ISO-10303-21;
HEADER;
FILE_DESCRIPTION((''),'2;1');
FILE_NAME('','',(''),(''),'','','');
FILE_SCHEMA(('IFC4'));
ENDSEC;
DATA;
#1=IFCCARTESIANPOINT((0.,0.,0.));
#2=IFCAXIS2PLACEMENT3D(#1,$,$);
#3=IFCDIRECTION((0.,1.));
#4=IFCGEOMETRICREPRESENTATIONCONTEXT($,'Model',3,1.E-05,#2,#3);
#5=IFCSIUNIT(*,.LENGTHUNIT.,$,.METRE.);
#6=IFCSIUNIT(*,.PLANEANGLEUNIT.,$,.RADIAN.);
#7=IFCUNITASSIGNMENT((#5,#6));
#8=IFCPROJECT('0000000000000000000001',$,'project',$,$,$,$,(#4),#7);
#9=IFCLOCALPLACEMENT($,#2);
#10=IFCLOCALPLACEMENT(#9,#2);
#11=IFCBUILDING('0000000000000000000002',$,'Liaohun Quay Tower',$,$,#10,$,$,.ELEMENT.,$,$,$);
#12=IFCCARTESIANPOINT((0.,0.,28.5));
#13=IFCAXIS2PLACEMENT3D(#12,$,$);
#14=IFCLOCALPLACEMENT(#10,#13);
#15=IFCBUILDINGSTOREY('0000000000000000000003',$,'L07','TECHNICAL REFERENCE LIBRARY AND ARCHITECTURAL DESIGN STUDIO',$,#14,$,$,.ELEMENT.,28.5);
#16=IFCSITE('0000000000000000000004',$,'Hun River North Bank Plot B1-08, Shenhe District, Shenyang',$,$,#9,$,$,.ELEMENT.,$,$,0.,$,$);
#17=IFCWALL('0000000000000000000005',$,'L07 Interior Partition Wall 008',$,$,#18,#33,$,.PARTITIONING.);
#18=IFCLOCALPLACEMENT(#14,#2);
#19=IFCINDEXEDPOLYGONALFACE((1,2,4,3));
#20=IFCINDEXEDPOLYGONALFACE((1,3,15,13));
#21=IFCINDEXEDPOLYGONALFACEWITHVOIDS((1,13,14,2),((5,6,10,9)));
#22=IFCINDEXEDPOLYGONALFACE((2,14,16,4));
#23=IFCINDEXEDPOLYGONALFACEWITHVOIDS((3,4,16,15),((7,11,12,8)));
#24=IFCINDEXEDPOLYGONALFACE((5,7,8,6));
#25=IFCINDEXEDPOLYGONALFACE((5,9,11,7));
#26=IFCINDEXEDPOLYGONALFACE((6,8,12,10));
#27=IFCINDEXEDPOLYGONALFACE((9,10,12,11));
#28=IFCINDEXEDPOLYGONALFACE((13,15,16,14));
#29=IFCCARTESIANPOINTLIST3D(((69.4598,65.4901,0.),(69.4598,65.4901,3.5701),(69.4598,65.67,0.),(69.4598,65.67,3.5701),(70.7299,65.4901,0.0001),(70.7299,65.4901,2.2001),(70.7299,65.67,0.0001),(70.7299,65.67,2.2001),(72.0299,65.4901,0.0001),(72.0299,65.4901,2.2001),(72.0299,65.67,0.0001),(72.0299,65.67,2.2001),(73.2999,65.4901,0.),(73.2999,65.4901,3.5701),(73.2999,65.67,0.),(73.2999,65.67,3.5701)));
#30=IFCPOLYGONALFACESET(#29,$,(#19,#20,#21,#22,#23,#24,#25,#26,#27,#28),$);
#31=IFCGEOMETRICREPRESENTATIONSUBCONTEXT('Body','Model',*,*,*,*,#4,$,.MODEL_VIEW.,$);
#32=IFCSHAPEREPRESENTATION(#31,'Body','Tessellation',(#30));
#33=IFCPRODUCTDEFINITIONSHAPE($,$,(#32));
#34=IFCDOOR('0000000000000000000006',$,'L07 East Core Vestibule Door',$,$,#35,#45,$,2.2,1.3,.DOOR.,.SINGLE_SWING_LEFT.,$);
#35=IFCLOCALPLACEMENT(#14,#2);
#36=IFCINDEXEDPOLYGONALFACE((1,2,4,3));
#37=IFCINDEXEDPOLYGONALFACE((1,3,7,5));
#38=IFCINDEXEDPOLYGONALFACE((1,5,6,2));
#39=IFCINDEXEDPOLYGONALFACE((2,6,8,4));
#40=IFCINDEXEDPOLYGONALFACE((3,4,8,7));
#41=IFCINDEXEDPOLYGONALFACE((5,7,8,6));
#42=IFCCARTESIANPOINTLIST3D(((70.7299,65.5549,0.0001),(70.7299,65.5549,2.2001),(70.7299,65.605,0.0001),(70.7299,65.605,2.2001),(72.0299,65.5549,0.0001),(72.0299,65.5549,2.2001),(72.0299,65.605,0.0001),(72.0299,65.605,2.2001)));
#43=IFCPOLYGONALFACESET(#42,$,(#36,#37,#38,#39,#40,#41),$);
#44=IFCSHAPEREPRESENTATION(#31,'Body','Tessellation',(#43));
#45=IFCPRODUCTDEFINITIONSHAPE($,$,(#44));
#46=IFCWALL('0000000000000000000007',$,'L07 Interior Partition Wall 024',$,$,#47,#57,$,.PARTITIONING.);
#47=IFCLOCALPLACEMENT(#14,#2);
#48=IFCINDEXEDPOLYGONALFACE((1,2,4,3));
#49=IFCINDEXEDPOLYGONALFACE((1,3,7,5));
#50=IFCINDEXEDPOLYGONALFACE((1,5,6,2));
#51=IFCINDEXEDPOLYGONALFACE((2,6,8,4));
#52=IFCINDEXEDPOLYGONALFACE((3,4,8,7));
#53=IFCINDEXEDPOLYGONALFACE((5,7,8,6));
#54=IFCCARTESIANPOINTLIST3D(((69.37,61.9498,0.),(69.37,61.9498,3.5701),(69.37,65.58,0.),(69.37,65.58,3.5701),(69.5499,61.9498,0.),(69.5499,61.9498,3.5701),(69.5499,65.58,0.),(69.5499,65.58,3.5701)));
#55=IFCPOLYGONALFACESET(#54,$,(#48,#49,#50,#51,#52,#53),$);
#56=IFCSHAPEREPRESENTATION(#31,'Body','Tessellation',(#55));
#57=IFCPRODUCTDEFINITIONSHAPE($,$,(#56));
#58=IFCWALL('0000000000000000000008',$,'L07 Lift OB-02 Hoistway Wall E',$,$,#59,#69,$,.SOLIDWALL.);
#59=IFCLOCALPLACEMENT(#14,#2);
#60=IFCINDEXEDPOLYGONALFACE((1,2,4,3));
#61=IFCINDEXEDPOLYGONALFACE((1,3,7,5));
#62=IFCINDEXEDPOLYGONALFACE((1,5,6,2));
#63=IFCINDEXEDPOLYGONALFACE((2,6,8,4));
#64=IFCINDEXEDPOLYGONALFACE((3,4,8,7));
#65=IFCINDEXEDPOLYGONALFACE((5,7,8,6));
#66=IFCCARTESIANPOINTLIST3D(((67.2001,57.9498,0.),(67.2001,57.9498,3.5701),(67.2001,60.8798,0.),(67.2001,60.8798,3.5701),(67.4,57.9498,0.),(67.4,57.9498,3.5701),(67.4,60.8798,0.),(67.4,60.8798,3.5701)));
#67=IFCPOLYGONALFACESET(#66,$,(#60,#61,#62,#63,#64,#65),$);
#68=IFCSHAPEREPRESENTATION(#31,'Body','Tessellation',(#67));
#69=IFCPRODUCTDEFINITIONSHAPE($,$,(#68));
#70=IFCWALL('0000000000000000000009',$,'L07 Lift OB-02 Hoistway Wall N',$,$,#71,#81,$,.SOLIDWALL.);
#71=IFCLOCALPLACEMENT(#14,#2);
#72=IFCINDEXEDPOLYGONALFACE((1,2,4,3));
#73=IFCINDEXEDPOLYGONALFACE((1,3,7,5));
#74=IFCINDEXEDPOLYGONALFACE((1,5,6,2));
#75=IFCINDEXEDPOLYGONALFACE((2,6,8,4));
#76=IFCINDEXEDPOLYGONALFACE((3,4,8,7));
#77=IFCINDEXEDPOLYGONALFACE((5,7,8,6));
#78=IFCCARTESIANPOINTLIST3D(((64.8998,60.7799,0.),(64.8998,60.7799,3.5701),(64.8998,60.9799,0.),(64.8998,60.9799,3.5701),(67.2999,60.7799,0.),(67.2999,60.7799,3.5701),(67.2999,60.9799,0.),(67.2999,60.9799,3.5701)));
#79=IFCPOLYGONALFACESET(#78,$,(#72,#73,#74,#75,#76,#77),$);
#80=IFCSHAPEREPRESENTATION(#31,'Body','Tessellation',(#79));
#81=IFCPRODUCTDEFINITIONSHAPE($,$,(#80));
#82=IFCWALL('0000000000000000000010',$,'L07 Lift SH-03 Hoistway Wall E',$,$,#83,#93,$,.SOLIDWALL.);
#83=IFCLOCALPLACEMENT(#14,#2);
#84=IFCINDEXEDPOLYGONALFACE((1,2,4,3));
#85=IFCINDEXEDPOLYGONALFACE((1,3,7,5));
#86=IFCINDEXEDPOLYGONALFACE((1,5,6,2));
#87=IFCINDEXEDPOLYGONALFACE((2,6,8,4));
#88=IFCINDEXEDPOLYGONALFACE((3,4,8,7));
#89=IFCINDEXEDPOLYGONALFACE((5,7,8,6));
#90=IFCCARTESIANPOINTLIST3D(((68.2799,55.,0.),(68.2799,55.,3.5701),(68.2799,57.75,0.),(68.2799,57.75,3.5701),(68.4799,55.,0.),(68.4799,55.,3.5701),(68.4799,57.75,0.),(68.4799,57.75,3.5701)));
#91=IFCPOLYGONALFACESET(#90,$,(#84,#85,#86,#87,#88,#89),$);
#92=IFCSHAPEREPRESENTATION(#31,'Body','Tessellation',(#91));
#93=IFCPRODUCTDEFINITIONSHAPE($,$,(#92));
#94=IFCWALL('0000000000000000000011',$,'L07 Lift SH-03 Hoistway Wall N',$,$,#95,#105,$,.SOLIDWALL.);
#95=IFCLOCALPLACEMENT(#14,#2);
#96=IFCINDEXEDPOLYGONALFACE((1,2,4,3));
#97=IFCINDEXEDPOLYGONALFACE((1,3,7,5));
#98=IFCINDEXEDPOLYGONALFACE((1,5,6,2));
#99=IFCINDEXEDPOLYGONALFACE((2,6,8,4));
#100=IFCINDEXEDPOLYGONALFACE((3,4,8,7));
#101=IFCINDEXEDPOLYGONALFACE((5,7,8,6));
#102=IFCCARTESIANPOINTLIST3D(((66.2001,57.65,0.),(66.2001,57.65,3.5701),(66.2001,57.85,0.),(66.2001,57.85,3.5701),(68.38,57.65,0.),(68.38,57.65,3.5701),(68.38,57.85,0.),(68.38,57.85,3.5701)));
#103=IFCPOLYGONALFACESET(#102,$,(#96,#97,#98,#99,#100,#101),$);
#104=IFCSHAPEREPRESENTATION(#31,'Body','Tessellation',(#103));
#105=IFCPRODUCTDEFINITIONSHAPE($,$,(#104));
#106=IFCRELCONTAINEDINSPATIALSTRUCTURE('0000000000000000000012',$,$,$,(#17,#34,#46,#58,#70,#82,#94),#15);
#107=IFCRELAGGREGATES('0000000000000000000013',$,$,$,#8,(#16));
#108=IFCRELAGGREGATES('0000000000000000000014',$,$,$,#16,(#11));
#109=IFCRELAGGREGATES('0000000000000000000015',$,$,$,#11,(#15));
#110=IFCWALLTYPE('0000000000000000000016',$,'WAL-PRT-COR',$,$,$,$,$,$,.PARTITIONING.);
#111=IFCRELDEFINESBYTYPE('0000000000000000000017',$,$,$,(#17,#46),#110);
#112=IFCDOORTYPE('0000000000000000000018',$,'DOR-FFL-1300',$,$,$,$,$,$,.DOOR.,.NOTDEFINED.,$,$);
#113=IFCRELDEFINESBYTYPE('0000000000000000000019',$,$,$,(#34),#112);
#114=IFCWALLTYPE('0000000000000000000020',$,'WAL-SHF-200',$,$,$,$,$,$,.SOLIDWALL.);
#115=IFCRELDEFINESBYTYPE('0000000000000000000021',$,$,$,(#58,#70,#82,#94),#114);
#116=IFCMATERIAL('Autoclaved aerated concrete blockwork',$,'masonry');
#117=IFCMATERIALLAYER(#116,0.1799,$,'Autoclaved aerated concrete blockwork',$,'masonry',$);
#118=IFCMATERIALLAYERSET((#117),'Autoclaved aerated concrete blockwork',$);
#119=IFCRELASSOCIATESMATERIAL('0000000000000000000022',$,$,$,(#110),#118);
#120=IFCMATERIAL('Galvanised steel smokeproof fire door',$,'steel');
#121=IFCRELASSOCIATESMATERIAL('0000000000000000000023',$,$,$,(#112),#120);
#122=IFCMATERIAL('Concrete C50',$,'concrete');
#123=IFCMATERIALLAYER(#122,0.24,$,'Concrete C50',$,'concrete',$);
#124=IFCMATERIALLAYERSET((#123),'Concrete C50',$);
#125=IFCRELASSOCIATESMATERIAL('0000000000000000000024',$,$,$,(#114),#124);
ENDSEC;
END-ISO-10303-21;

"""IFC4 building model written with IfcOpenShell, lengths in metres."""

from ifc_helpers import new_model, si_unit, direction, frame, frame_2d, origin, place, context, subcontext, project, spatial, rectangle, extrude, source, transform, mapped, material, layer, layer_set, type_object, element, fill, save


model = new_model("IFC4")

# Units and contexts
model_context = context("Model", 3, precision=1e-05, world=origin(), true_north=direction((0.0, 1.0)))
body_context = subcontext(model_context, "Body", "Model", "MODEL_VIEW")
ifc_project = project(units=[si_unit("LENGTHUNIT", "METRE"), si_unit("PLANEANGLEUNIT", "RADIAN")], contexts=[model_context])

# Site, building, storey
site_placement = place(None, origin())
site = spatial("IfcSite", under=ifc_project, at=site_placement, Name="Hun River North Bank Plot B1-08, Shenhe District, Shenyang", CompositionType="ELEMENT", RefElevation=0.0)
building_placement = place(site_placement, origin())
building = spatial("IfcBuilding", under=site, at=building_placement, Name="Liaohun Quay Tower", CompositionType="ELEMENT")
storey_placement = place(building_placement, frame((0.0, 0.0, 28.5)))
storey = spatial("IfcBuildingStorey", under=building, at=storey_placement, Name="L07", Description="TECHNICAL REFERENCE LIBRARY AND ARCHITECTURAL DESIGN STUDIO", CompositionType="ELEMENT", Elevation=28.5)

# Wall, opening, door
ifc_material_1 = material(Name="Autoclaved aerated concrete blockwork", Category="masonry")
ifc_layer_1 = layer(ifc_material_1, 0.1799, Name="Autoclaved aerated concrete blockwork", Category="masonry")
ifc_layer_set_1 = layer_set([ifc_layer_1], Name="Autoclaved aerated concrete blockwork")
wall_type_1 = type_object("IfcWallType", Name="WAL-PRT-COR", PredefinedType="PARTITIONING", material=ifc_layer_set_1)
wall_1_placement = place(storey_placement, frame((69.46, 65.5801, 0.0), z_axis=(0.0, 0.0, 1.0), x_axis=(1.0, 0.0, 0.0)))
wall_1 = element("IfcWall", 1, at=wall_1_placement, inside=storey, type_object=wall_type_1, Name="L07 Interior Partition Wall 008", PredefinedType="PARTITIONING", context=body_context, shape_type="SweptSolid", body=[
    extrude(rectangle(XDim=3.8401, YDim=0.1799, at=frame_2d((1.9199, 0.0))), origin(), (0.0, 0.0, 1.0), 3.5701),
])
shared_shape_1 = source(origin(), body_context, "Body", "SweptSolid", [
    extrude(rectangle(XDim=1.3, YDim=2.2, at=frame_2d((0.6499, 1.1001))), frame((0.0, 0.0999, 0.0), z_axis=(0.0, -1.0, 0.0), x_axis=(1.0, 0.0, 0.0)), (0.0, 0.0, 1.0), 0.2),
])
opening_1_placement = place(wall_1_placement, frame((1.27, 0.0, 0.0)))
opening_1 = element("IfcOpeningElement", 2, at=opening_1_placement, cuts=wall_1, PredefinedType="OPENING", context=body_context, shape_type="MappedRepresentation", body=[
    mapped(shared_shape_1, transform((0.0, 0.0, 0.0), x_axis=(1.0, 0.0, 0.0), y_axis=(0.0, 1.0, 0.0), z_axis=(0.0, 0.0, 1.0), scale=1.0)),
])
ifc_material_2 = material(Name="Galvanised steel smokeproof fire door", Category="steel")
door_type_1 = type_object("IfcDoorType", Name="DOR-FFL-1300", OperationType="NOTDEFINED", PredefinedType="DOOR", material=ifc_material_2)
shared_shape_2 = source(origin(), body_context, "Body", "SweptSolid", [
    extrude(rectangle(XDim=1.3, YDim=2.2, at=frame_2d((0.6499, 1.1001))), frame((0.0, 0.0249, 0.0), z_axis=(0.0, -1.0, 0.0), x_axis=(1.0, 0.0, 0.0)), (0.0, 0.0, 1.0), 0.05),
])
door_1_placement = place(opening_1_placement, origin())
door_1 = element("IfcDoor", 3, at=door_1_placement, inside=storey, type_object=door_type_1, Name="L07 East Core Vestibule Door", OperationType="SINGLE_SWING_LEFT", OverallHeight=2.2, OverallWidth=1.3, PredefinedType="DOOR", context=body_context, shape_type="MappedRepresentation", body=[
    mapped(shared_shape_2, transform((0.0, 0.0, 0.0), x_axis=(1.0, 0.0, 0.0), y_axis=(0.0, 1.0, 0.0), z_axis=(0.0, 0.0, 1.0), scale=1.0)),
])
fill(opening_1, door_1)

# Walls
wall_2_placement = place(storey_placement, frame((69.46, 61.95, 0.0), z_axis=(0.0, 0.0, 1.0), x_axis=(0.0, 1.0, 0.0)))
element("IfcWall", 4, at=wall_2_placement, inside=storey, type_object=wall_type_1, Name="L07 Interior Partition Wall 024", PredefinedType="PARTITIONING", context=body_context, shape_type="SweptSolid", body=[
    extrude(rectangle(XDim=3.6301, YDim=0.1799, at=frame_2d((1.8149, 0.0))), origin(), (0.0, 0.0, 1.0), 3.5701),
])
ifc_material_3 = material(Name="Concrete C50", Category="concrete")
ifc_layer_2 = layer(ifc_material_3, 0.24, Name="Concrete C50", Category="concrete")
ifc_layer_set_2 = layer_set([ifc_layer_2], Name="Concrete C50")
wall_type_2 = type_object("IfcWallType", Name="WAL-SHF-200", PredefinedType="SOLIDWALL", material=ifc_layer_set_2)
wall_3_placement = place(storey_placement, frame((67.3, 57.95, 0.0), z_axis=(0.0, 0.0, 1.0), x_axis=(0.0, 1.0, 0.0)))
element("IfcWall", 5, at=wall_3_placement, inside=storey, type_object=wall_type_2, Name="L07 Lift OB-02 Hoistway Wall E", PredefinedType="SOLIDWALL", context=body_context, shape_type="SweptSolid", body=[
    extrude(rectangle(XDim=2.9299, YDim=0.2, at=frame_2d((1.4648, 0.0))), origin(), (0.0, 0.0, 1.0), 3.5701),
])
wall_4_placement = place(storey_placement, frame((67.3, 60.8799, 0.0), z_axis=(0.0, 0.0, 1.0), x_axis=(-1.0, 0.0, 0.0)))
element("IfcWall", 6, at=wall_4_placement, inside=storey, type_object=wall_type_2, Name="L07 Lift OB-02 Hoistway Wall N", PredefinedType="SOLIDWALL", context=body_context, shape_type="SweptSolid", body=[
    extrude(rectangle(XDim=2.4001, YDim=0.2, at=frame_2d((1.2002, 0.0))), origin(), (0.0, 0.0, 1.0), 3.5701),
])
wall_5_placement = place(storey_placement, frame((68.3799, 55.0, 0.0), z_axis=(0.0, 0.0, 1.0), x_axis=(0.0, 1.0, 0.0)))
element("IfcWall", 7, at=wall_5_placement, inside=storey, type_object=wall_type_2, Name="L07 Lift SH-03 Hoistway Wall E", PredefinedType="SOLIDWALL", context=body_context, shape_type="SweptSolid", body=[
    extrude(rectangle(XDim=2.75, YDim=0.2, at=frame_2d((1.375, 0.0))), origin(), (0.0, 0.0, 1.0), 3.5701),
])
wall_6_placement = place(storey_placement, frame((68.3799, 57.75, 0.0), z_axis=(0.0, 0.0, 1.0), x_axis=(-1.0, 0.0, 0.0)))
element("IfcWall", 8, at=wall_6_placement, inside=storey, type_object=wall_type_2, Name="L07 Lift SH-03 Hoistway Wall N", PredefinedType="SOLIDWALL", context=body_context, shape_type="SweptSolid", body=[
    extrude(rectangle(XDim=2.1799, YDim=0.2, at=frame_2d((1.0898, 0.0))), origin(), (0.0, 0.0, 1.0), 3.5701),
])

save(model, "model.ifc")
